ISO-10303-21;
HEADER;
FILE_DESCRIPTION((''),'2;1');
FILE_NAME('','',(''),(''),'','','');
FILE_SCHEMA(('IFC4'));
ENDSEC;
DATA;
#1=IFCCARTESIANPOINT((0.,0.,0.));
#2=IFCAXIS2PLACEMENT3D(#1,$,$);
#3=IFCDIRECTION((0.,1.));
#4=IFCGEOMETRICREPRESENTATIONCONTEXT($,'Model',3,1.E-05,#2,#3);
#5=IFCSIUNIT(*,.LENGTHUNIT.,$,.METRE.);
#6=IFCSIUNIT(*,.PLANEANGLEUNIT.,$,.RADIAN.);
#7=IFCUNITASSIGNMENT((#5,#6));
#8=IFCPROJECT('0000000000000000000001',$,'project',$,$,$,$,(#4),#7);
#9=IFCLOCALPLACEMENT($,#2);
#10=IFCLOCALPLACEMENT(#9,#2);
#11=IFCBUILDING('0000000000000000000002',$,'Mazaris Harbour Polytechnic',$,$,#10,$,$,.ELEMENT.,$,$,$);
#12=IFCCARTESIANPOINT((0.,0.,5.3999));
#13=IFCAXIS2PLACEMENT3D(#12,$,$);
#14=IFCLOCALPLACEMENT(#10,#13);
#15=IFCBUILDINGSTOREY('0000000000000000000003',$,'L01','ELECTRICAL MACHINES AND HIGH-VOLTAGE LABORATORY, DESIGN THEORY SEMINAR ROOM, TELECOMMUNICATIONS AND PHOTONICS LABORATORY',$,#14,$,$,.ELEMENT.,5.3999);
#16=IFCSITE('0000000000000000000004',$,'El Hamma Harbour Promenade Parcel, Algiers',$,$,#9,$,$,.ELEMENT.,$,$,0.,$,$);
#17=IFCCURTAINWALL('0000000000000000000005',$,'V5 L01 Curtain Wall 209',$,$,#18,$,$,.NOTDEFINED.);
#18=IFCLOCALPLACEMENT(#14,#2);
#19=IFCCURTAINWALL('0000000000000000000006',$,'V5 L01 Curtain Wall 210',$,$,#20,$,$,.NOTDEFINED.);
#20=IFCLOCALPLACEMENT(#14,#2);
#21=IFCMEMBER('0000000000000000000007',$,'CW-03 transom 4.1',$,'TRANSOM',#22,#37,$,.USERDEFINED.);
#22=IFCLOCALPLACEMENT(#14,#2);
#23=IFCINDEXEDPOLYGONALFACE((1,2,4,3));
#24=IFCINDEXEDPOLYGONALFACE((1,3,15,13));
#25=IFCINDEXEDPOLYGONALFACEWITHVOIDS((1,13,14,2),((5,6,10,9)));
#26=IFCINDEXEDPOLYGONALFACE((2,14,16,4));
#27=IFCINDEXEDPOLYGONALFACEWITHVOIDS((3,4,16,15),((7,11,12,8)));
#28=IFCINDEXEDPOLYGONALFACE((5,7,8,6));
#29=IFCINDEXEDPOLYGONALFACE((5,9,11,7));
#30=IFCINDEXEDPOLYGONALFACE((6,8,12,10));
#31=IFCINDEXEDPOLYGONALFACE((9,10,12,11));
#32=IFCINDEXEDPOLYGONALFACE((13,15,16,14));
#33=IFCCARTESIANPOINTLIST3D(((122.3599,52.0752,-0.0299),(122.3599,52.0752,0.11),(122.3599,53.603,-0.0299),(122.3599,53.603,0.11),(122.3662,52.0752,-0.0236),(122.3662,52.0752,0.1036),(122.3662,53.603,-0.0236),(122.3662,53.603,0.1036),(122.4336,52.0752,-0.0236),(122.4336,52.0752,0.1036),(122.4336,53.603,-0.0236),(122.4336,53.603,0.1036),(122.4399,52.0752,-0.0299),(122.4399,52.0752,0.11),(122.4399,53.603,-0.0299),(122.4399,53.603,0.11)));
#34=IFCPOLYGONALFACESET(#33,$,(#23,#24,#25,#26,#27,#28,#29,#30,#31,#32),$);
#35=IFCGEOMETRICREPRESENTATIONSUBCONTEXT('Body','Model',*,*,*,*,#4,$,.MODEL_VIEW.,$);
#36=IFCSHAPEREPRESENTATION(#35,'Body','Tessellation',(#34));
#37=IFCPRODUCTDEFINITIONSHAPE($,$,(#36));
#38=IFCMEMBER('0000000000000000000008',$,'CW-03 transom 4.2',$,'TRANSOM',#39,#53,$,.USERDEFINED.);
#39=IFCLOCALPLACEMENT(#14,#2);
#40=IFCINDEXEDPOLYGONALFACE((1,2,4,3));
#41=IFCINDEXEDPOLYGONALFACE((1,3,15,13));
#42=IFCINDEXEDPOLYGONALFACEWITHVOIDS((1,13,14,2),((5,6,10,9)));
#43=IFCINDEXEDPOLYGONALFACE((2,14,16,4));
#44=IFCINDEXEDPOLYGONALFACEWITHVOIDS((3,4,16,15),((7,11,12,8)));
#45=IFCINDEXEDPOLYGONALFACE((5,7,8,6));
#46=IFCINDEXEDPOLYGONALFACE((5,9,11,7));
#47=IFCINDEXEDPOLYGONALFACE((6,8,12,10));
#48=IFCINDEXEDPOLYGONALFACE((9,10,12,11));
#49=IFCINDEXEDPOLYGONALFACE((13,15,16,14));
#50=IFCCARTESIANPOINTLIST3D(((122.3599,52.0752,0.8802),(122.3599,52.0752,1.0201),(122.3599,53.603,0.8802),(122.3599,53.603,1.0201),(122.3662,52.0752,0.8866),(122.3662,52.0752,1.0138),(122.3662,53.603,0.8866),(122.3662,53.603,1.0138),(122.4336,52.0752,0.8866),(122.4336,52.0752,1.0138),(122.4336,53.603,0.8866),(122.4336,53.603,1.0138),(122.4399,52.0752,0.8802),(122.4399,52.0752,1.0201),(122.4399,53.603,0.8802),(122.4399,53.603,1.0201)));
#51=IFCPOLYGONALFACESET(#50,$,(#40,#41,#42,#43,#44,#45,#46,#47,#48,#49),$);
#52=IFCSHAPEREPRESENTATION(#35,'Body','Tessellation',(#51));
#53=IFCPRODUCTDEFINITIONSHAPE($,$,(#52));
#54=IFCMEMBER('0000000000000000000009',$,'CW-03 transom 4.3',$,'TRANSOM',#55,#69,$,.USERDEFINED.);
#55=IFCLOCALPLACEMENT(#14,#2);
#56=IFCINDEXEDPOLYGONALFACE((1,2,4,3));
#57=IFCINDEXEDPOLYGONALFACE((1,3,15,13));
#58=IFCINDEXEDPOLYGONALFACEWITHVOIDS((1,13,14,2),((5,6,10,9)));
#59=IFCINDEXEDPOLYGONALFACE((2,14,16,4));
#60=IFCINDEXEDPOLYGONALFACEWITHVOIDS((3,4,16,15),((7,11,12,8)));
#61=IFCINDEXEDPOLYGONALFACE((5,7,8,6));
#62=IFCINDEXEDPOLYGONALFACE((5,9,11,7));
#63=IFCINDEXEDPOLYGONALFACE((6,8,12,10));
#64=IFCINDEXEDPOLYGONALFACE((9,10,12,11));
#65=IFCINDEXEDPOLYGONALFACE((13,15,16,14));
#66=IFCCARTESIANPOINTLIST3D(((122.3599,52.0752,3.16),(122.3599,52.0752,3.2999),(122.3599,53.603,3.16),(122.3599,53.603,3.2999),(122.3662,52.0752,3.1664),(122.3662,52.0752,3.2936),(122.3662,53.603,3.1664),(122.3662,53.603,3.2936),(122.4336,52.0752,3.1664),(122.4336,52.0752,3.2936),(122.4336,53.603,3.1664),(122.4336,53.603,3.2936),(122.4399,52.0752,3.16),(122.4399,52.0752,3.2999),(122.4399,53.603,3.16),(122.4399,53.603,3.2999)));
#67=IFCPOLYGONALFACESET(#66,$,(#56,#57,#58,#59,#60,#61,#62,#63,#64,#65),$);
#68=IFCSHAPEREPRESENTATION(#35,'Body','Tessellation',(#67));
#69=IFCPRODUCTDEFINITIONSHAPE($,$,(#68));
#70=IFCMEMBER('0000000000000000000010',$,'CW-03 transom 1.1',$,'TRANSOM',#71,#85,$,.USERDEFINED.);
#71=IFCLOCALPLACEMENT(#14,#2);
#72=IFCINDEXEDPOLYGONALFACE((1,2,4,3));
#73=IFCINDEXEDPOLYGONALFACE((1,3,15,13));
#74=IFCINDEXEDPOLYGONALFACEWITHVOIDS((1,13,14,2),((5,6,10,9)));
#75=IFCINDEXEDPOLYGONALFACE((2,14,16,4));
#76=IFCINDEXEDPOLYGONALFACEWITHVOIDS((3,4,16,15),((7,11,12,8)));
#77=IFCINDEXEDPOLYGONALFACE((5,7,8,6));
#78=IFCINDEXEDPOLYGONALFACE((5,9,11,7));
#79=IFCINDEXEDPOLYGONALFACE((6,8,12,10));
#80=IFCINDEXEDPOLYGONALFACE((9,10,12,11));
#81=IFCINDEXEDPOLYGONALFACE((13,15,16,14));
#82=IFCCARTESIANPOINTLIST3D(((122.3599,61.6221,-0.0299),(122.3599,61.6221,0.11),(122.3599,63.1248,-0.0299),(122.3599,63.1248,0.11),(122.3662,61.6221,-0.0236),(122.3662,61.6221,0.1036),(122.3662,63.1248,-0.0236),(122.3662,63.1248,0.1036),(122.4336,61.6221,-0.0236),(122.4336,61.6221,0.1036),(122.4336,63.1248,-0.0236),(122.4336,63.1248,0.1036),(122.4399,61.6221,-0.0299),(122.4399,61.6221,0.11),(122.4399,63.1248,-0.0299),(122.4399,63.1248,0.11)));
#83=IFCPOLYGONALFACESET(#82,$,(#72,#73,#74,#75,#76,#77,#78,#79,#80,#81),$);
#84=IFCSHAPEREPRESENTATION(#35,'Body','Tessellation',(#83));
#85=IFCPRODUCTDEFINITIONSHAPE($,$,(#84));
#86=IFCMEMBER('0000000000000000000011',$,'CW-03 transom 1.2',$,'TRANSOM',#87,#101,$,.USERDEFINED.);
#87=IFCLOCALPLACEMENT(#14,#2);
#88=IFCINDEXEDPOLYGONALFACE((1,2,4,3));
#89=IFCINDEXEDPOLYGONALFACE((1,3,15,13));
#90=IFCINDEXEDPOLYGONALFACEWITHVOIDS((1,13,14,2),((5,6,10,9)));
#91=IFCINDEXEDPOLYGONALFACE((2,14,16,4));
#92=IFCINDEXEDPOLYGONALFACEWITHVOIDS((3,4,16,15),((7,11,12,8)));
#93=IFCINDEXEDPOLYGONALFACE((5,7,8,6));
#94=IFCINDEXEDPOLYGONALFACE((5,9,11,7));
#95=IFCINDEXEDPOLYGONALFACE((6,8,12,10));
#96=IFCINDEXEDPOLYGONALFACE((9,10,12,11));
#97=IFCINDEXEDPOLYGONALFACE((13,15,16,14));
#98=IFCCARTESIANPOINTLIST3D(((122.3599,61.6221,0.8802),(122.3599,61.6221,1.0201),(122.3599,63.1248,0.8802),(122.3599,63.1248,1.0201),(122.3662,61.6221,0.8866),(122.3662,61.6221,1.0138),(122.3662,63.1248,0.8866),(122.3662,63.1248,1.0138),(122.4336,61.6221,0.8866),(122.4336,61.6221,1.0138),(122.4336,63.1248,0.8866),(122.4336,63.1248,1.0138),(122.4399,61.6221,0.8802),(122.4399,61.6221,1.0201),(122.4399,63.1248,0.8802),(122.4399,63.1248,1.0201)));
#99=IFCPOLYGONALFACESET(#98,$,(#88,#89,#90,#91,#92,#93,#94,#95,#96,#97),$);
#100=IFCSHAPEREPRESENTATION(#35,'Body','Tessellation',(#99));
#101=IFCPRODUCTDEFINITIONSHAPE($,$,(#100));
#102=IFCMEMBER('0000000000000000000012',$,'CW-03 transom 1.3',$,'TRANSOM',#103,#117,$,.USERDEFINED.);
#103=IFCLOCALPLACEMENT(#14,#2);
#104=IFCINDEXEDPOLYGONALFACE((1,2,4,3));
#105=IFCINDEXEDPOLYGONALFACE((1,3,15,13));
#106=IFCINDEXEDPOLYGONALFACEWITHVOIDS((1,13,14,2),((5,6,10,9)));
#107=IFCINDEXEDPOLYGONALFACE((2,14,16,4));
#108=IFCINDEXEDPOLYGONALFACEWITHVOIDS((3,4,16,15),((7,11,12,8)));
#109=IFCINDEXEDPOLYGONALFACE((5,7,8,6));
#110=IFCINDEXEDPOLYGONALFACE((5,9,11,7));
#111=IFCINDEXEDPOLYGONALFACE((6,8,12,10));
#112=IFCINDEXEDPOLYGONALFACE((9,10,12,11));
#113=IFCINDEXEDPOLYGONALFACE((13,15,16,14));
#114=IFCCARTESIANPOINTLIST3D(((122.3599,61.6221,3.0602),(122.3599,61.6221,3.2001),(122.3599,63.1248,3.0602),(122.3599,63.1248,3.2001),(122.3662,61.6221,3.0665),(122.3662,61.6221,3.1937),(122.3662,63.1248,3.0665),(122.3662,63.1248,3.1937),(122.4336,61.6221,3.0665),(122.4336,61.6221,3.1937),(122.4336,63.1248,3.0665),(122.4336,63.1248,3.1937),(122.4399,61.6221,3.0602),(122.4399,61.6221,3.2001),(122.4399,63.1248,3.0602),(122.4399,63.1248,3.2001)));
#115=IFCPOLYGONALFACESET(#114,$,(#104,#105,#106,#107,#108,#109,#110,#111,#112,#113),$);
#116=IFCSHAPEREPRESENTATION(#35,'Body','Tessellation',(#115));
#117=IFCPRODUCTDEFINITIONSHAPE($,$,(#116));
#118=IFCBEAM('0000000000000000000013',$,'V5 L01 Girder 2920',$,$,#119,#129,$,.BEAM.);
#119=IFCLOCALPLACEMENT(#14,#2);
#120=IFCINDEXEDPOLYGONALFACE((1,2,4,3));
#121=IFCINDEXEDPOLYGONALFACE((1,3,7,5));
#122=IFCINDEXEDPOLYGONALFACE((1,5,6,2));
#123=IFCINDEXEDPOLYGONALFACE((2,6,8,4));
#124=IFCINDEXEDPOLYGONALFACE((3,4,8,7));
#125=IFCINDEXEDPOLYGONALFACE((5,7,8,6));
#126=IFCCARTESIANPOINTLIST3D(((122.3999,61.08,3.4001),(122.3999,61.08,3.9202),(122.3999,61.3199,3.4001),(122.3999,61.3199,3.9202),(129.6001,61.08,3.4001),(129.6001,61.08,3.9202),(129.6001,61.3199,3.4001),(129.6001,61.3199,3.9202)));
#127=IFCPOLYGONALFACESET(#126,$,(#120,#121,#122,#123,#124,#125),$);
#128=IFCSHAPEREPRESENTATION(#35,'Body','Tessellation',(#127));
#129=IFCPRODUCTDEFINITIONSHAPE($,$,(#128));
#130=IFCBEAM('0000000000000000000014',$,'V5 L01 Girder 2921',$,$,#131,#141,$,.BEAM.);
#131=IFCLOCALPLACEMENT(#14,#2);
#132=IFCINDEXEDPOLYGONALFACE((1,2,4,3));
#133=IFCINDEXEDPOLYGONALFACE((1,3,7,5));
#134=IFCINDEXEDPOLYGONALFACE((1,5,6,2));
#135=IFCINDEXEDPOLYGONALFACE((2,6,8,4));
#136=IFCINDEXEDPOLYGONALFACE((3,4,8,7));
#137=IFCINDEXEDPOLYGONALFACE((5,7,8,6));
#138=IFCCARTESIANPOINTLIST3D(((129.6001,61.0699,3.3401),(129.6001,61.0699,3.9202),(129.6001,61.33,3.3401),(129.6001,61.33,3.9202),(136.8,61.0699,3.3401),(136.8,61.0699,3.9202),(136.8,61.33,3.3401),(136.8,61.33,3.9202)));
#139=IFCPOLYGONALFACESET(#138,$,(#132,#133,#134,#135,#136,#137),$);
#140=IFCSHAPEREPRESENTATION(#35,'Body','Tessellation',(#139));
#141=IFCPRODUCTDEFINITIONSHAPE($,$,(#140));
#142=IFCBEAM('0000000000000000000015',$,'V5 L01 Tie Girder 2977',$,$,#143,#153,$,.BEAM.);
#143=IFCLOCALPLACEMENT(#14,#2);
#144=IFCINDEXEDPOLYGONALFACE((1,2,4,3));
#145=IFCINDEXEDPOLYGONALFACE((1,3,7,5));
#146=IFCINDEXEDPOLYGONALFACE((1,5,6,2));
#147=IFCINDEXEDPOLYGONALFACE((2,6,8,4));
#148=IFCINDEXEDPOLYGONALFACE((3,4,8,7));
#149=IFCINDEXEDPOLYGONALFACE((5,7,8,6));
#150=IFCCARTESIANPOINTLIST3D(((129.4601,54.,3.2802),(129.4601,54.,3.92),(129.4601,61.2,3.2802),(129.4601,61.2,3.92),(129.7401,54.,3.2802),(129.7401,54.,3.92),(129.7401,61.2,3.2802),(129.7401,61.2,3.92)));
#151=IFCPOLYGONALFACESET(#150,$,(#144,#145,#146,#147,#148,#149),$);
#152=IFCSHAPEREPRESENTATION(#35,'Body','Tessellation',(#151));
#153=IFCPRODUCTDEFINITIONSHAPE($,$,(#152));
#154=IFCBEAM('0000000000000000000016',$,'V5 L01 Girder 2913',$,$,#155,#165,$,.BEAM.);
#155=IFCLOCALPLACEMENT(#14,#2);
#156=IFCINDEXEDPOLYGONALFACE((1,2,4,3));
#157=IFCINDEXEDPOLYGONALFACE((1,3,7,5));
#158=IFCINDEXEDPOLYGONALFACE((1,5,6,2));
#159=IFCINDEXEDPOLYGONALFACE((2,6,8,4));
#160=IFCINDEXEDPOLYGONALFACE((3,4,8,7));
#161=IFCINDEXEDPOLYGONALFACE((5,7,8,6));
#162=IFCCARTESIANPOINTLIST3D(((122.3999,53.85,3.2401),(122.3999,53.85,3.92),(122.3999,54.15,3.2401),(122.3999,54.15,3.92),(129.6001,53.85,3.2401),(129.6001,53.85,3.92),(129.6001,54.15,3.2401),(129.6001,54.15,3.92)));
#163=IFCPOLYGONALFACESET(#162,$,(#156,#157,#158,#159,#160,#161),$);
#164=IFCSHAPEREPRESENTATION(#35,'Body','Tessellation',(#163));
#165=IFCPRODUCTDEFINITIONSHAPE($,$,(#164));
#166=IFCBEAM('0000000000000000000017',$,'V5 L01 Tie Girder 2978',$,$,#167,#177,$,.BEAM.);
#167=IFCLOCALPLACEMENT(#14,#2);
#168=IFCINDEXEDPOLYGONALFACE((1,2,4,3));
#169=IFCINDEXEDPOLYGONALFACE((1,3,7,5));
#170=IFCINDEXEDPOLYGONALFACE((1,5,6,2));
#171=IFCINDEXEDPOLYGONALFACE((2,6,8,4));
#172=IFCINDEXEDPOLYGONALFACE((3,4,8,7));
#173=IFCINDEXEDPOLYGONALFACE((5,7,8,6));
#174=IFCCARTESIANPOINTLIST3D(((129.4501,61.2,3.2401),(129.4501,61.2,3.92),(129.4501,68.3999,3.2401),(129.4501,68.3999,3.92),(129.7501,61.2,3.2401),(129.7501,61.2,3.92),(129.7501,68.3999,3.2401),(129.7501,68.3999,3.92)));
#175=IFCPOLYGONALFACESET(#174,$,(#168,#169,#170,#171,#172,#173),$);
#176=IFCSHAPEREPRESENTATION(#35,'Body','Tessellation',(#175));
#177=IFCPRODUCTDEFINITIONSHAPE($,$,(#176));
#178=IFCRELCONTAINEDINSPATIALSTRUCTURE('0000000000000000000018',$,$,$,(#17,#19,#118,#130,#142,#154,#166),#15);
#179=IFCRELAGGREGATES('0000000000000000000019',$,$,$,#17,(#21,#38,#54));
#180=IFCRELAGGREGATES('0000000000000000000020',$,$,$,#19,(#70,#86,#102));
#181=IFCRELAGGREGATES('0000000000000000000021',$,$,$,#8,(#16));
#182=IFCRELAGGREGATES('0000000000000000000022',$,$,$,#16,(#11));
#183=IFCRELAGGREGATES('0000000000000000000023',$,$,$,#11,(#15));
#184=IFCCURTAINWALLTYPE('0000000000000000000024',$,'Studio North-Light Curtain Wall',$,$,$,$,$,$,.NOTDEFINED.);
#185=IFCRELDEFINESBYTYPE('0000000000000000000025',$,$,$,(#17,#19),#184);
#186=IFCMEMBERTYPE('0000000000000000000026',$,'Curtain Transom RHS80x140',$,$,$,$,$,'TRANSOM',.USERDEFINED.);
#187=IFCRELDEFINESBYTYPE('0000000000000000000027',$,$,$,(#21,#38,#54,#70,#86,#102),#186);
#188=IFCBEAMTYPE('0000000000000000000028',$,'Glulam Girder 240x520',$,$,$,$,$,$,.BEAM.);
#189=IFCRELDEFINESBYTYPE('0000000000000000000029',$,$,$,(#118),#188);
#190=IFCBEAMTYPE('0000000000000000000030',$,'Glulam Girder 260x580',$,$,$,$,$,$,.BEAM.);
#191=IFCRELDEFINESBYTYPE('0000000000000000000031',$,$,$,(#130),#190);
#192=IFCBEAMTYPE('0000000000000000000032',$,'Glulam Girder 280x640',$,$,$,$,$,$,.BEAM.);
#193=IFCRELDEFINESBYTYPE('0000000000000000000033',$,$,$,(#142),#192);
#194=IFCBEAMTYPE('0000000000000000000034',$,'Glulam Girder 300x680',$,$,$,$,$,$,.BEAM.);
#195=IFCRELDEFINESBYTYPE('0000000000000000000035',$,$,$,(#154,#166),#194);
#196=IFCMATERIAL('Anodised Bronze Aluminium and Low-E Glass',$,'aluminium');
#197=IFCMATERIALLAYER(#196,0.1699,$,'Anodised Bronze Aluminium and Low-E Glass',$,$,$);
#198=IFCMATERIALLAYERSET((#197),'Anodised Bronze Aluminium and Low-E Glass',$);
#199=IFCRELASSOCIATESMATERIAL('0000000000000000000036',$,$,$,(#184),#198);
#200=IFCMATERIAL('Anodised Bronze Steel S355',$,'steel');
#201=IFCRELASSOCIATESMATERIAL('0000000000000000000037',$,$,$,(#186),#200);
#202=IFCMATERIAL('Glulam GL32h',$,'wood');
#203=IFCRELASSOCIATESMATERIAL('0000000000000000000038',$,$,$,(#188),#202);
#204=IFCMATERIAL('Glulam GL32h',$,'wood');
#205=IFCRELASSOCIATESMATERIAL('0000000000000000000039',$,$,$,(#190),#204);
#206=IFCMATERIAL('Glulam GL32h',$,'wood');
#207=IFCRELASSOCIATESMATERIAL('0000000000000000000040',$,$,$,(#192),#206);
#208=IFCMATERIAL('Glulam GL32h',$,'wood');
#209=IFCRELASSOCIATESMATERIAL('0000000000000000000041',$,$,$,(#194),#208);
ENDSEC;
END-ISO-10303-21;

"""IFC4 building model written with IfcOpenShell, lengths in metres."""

from ifc_helpers import new_model, si_unit, direction, frame, origin, origin_2d, place, context, subcontext, project, spatial, rectangle, hollow_rectangle, extrude, material, layer, layer_set, material_profile, profile_set, type_object, element, aggregate, save


model = new_model("IFC4")

# Units and contexts
model_context = context("Model", 3, precision=1e-05, world=origin(), true_north=direction((0.0, 1.0)))
body_context = subcontext(model_context, "Body", "Model", "MODEL_VIEW")
ifc_project = project(units=[si_unit("LENGTHUNIT", "METRE"), si_unit("PLANEANGLEUNIT", "RADIAN")], contexts=[model_context])

# Site, building, storey
site_placement = place(None, origin())
site = spatial("IfcSite", under=ifc_project, at=site_placement, Name="El Hamma Harbour Promenade Parcel, Algiers", CompositionType="ELEMENT", RefElevation=0.0)
building_placement = place(site_placement, origin())
building = spatial("IfcBuilding", under=site, at=building_placement, Name="Mazaris Harbour Polytechnic", CompositionType="ELEMENT")
storey_placement = place(building_placement, frame((0.0, 0.0, 5.3999)))
storey = spatial("IfcBuildingStorey", under=building, at=storey_placement, Name="L01", Description="ELECTRICAL MACHINES AND HIGH-VOLTAGE LABORATORY, DESIGN THEORY SEMINAR ROOM, TELECOMMUNICATIONS AND PHOTONICS LABORATORY", CompositionType="ELEMENT", Elevation=5.3999)

# Curtain wall
ifc_material_1 = material(Name="Anodised Bronze Aluminium and Low-E Glass", Category="aluminium")
ifc_layer_1 = layer(ifc_material_1, 0.1699, Name="Anodised Bronze Aluminium and Low-E Glass")
ifc_layer_set_1 = layer_set([ifc_layer_1], Name="Anodised Bronze Aluminium and Low-E Glass")
curtain_wall_type = type_object("IfcCurtainWallType", Name="Studio North-Light Curtain Wall", PredefinedType="NOTDEFINED", material=ifc_layer_set_1)
curtain_wall_1_placement = place(storey_placement, origin())
curtain_wall_1 = element("IfcCurtainWall", 1, at=curtain_wall_1_placement, inside=storey, type_object=curtain_wall_type, Name="V5 L01 Curtain Wall 209", PredefinedType="NOTDEFINED")

# Curtain wall
curtain_wall_2_placement = place(storey_placement, origin())
curtain_wall_2 = element("IfcCurtainWall", 2, at=curtain_wall_2_placement, inside=storey, type_object=curtain_wall_type, Name="V5 L01 Curtain Wall 210", PredefinedType="NOTDEFINED")

# Members
ifc_material_2 = material(Name="Anodised Bronze Steel S355", Category="steel")
ifc_material_profile_1 = material_profile(ifc_material_2, hollow_rectangle(XDim=0.0801, YDim=0.1399, WallThickness=0.0063, at=origin_2d()), Name="RHS 80x140x6.3")
ifc_profile_set_1 = profile_set([ifc_material_profile_1], Name="Anodised Bronze Steel S355")
member_type_1 = type_object("IfcMemberType", Name="Curtain Transom RHS80x140", ElementType="TRANSOM", PredefinedType="USERDEFINED", material=ifc_profile_set_1)
member_1_placement = place(storey_placement, frame((122.3999, 52.0752, 0.04), z_axis=(0.0, 1.0, 0.0), x_axis=(-1.0, 0.0, 0.0)))
member_1 = element("IfcMember", 3, at=member_1_placement, type_object=member_type_1, Name="CW-03 transom 4.1", ObjectType="TRANSOM", PredefinedType="USERDEFINED", context=body_context, shape_type="SweptSolid", body=[
    extrude(hollow_rectangle(XDim=0.0801, YDim=0.1399, WallThickness=0.0063, at=origin_2d()), origin(), (0.0, 0.0, 1.0), 1.5278),
])
member_2_placement = place(storey_placement, frame((122.3999, 52.0752, 0.9502), z_axis=(0.0, 1.0, 0.0), x_axis=(-1.0, 0.0, 0.0)))
member_2 = element("IfcMember", 4, at=member_2_placement, type_object=member_type_1, Name="CW-03 transom 4.2", ObjectType="TRANSOM", PredefinedType="USERDEFINED", context=body_context, shape_type="SweptSolid", body=[
    extrude(hollow_rectangle(XDim=0.0801, YDim=0.1399, WallThickness=0.0063, at=origin_2d()), origin(), (0.0, 0.0, 1.0), 1.5278),
])
member_3_placement = place(storey_placement, frame((122.3999, 52.0752, 3.23), z_axis=(0.0, 1.0, 0.0), x_axis=(-1.0, 0.0, 0.0)))
member_3 = element("IfcMember", 5, at=member_3_placement, type_object=member_type_1, Name="CW-03 transom 4.3", ObjectType="TRANSOM", PredefinedType="USERDEFINED", context=body_context, shape_type="SweptSolid", body=[
    extrude(hollow_rectangle(XDim=0.0801, YDim=0.1399, WallThickness=0.0063, at=origin_2d()), origin(), (0.0, 0.0, 1.0), 1.5278),
])
member_4_placement = place(storey_placement, frame((122.3999, 61.6221, 0.04), z_axis=(0.0, 1.0, 0.0), x_axis=(-1.0, 0.0, 0.0)))
member_4 = element("IfcMember", 6, at=member_4_placement, type_object=member_type_1, Name="CW-03 transom 1.1", ObjectType="TRANSOM", PredefinedType="USERDEFINED", context=body_context, shape_type="SweptSolid", body=[
    extrude(hollow_rectangle(XDim=0.0801, YDim=0.1399, WallThickness=0.0063, at=origin_2d()), origin(), (0.0, 0.0, 1.0), 1.5027),
])
member_5_placement = place(storey_placement, frame((122.3999, 61.6221, 0.9502), z_axis=(0.0, 1.0, 0.0), x_axis=(-1.0, 0.0, 0.0)))
member_5 = element("IfcMember", 7, at=member_5_placement, type_object=member_type_1, Name="CW-03 transom 1.2", ObjectType="TRANSOM", PredefinedType="USERDEFINED", context=body_context, shape_type="SweptSolid", body=[
    extrude(hollow_rectangle(XDim=0.0801, YDim=0.1399, WallThickness=0.0063, at=origin_2d()), origin(), (0.0, 0.0, 1.0), 1.5027),
])
member_6_placement = place(storey_placement, frame((122.3999, 61.6221, 3.1301), z_axis=(0.0, 1.0, 0.0), x_axis=(-1.0, 0.0, 0.0)))
member_6 = element("IfcMember", 8, at=member_6_placement, type_object=member_type_1, Name="CW-03 transom 1.3", ObjectType="TRANSOM", PredefinedType="USERDEFINED", context=body_context, shape_type="SweptSolid", body=[
    extrude(hollow_rectangle(XDim=0.0801, YDim=0.1399, WallThickness=0.0063, at=origin_2d()), origin(), (0.0, 0.0, 1.0), 1.5027),
])

# Beams
ifc_material_3 = material(Name="Glulam GL32h", Category="wood")
ifc_material_profile_2 = material_profile(ifc_material_3, rectangle(XDim=0.24, YDim=0.52, at=origin_2d()), Name="RECT240x520")
ifc_profile_set_2 = profile_set([ifc_material_profile_2], Name="Glulam GL32h")
beam_type_1 = type_object("IfcBeamType", Name="Glulam Girder 240x520", PredefinedType="BEAM", material=ifc_profile_set_2)
beam_1_placement = place(storey_placement, frame((122.3999, 61.2, 3.6602), z_axis=(1.0, 0.0, 0.0), x_axis=(0.0, 1.0, 0.0)))
element("IfcBeam", 9, at=beam_1_placement, inside=storey, type_object=beam_type_1, Name="V5 L01 Girder 2920", PredefinedType="BEAM", context=body_context, shape_type="SweptSolid", body=[
    extrude(rectangle(XDim=0.24, YDim=0.52, at=origin_2d()), origin(), (0.0, 0.0, 1.0), 7.2002),
])
ifc_material_4 = material(Name="Glulam GL32h", Category="wood")
ifc_material_profile_3 = material_profile(ifc_material_4, rectangle(XDim=0.26, YDim=0.5801, at=origin_2d()), Name="RECT260x580")
ifc_profile_set_3 = profile_set([ifc_material_profile_3], Name="Glulam GL32h")
beam_type_2 = type_object("IfcBeamType", Name="Glulam Girder 260x580", PredefinedType="BEAM", material=ifc_profile_set_3)
beam_2_placement = place(storey_placement, frame((129.6001, 61.2, 3.6301), z_axis=(1.0, 0.0, 0.0), x_axis=(0.0, 1.0, 0.0)))
element("IfcBeam", 10, at=beam_2_placement, inside=storey, type_object=beam_type_2, Name="V5 L01 Girder 2921", PredefinedType="BEAM", context=body_context, shape_type="SweptSolid", body=[
    extrude(rectangle(XDim=0.26, YDim=0.5801, at=origin_2d()), origin(), (0.0, 0.0, 1.0), 7.2),
])
ifc_material_5 = material(Name="Glulam GL32h", Category="wood")
ifc_material_profile_4 = material_profile(ifc_material_5, rectangle(XDim=0.28, YDim=0.6399, at=origin_2d()), Name="RECT280x640")
ifc_profile_set_4 = profile_set([ifc_material_profile_4], Name="Glulam GL32h")
beam_type_3 = type_object("IfcBeamType", Name="Glulam Girder 280x640", PredefinedType="BEAM", material=ifc_profile_set_4)
beam_3_placement = place(storey_placement, frame((129.6001, 54.0, 3.6001), z_axis=(0.0, 1.0, 0.0), x_axis=(-1.0, 0.0, 0.0)))
element("IfcBeam", 11, at=beam_3_placement, inside=storey, type_object=beam_type_3, Name="V5 L01 Tie Girder 2977", PredefinedType="BEAM", context=body_context, shape_type="SweptSolid", body=[
    extrude(rectangle(XDim=0.28, YDim=0.6399, at=origin_2d()), origin(), (0.0, 0.0, 1.0), 7.2),
])
ifc_material_6 = material(Name="Glulam GL32h", Category="wood")
ifc_material_profile_5 = material_profile(ifc_material_6, rectangle(XDim=0.3, YDim=0.6799, at=origin_2d()), Name="RECT300x680")
ifc_profile_set_5 = profile_set([ifc_material_profile_5], Name="Glulam GL32h")
beam_type_4 = type_object("IfcBeamType", Name="Glulam Girder 300x680", PredefinedType="BEAM", material=ifc_profile_set_5)
beam_4_placement = place(storey_placement, frame((122.3999, 54.0, 3.5801), z_axis=(1.0, 0.0, 0.0), x_axis=(0.0, 1.0, 0.0)))
element("IfcBeam", 12, at=beam_4_placement, inside=storey, type_object=beam_type_4, Name="V5 L01 Girder 2913", PredefinedType="BEAM", context=body_context, shape_type="SweptSolid", body=[
    extrude(rectangle(XDim=0.3, YDim=0.6799, at=origin_2d()), origin(), (0.0, 0.0, 1.0), 7.2002),
])
beam_5_placement = place(storey_placement, frame((129.6001, 61.2, 3.5801), z_axis=(0.0, 1.0, 0.0), x_axis=(-1.0, 0.0, 0.0)))
element("IfcBeam", 13, at=beam_5_placement, inside=storey, type_object=beam_type_4, Name="V5 L01 Tie Girder 2978", PredefinedType="BEAM", context=body_context, shape_type="SweptSolid", body=[
    extrude(rectangle(XDim=0.3, YDim=0.6799, at=origin_2d()), origin(), (0.0, 0.0, 1.0), 7.2),
])

aggregate(curtain_wall_1, [member_1, member_2, member_3])
aggregate(curtain_wall_2, [member_4, member_5, member_6])

save(model, "model.ifc")
